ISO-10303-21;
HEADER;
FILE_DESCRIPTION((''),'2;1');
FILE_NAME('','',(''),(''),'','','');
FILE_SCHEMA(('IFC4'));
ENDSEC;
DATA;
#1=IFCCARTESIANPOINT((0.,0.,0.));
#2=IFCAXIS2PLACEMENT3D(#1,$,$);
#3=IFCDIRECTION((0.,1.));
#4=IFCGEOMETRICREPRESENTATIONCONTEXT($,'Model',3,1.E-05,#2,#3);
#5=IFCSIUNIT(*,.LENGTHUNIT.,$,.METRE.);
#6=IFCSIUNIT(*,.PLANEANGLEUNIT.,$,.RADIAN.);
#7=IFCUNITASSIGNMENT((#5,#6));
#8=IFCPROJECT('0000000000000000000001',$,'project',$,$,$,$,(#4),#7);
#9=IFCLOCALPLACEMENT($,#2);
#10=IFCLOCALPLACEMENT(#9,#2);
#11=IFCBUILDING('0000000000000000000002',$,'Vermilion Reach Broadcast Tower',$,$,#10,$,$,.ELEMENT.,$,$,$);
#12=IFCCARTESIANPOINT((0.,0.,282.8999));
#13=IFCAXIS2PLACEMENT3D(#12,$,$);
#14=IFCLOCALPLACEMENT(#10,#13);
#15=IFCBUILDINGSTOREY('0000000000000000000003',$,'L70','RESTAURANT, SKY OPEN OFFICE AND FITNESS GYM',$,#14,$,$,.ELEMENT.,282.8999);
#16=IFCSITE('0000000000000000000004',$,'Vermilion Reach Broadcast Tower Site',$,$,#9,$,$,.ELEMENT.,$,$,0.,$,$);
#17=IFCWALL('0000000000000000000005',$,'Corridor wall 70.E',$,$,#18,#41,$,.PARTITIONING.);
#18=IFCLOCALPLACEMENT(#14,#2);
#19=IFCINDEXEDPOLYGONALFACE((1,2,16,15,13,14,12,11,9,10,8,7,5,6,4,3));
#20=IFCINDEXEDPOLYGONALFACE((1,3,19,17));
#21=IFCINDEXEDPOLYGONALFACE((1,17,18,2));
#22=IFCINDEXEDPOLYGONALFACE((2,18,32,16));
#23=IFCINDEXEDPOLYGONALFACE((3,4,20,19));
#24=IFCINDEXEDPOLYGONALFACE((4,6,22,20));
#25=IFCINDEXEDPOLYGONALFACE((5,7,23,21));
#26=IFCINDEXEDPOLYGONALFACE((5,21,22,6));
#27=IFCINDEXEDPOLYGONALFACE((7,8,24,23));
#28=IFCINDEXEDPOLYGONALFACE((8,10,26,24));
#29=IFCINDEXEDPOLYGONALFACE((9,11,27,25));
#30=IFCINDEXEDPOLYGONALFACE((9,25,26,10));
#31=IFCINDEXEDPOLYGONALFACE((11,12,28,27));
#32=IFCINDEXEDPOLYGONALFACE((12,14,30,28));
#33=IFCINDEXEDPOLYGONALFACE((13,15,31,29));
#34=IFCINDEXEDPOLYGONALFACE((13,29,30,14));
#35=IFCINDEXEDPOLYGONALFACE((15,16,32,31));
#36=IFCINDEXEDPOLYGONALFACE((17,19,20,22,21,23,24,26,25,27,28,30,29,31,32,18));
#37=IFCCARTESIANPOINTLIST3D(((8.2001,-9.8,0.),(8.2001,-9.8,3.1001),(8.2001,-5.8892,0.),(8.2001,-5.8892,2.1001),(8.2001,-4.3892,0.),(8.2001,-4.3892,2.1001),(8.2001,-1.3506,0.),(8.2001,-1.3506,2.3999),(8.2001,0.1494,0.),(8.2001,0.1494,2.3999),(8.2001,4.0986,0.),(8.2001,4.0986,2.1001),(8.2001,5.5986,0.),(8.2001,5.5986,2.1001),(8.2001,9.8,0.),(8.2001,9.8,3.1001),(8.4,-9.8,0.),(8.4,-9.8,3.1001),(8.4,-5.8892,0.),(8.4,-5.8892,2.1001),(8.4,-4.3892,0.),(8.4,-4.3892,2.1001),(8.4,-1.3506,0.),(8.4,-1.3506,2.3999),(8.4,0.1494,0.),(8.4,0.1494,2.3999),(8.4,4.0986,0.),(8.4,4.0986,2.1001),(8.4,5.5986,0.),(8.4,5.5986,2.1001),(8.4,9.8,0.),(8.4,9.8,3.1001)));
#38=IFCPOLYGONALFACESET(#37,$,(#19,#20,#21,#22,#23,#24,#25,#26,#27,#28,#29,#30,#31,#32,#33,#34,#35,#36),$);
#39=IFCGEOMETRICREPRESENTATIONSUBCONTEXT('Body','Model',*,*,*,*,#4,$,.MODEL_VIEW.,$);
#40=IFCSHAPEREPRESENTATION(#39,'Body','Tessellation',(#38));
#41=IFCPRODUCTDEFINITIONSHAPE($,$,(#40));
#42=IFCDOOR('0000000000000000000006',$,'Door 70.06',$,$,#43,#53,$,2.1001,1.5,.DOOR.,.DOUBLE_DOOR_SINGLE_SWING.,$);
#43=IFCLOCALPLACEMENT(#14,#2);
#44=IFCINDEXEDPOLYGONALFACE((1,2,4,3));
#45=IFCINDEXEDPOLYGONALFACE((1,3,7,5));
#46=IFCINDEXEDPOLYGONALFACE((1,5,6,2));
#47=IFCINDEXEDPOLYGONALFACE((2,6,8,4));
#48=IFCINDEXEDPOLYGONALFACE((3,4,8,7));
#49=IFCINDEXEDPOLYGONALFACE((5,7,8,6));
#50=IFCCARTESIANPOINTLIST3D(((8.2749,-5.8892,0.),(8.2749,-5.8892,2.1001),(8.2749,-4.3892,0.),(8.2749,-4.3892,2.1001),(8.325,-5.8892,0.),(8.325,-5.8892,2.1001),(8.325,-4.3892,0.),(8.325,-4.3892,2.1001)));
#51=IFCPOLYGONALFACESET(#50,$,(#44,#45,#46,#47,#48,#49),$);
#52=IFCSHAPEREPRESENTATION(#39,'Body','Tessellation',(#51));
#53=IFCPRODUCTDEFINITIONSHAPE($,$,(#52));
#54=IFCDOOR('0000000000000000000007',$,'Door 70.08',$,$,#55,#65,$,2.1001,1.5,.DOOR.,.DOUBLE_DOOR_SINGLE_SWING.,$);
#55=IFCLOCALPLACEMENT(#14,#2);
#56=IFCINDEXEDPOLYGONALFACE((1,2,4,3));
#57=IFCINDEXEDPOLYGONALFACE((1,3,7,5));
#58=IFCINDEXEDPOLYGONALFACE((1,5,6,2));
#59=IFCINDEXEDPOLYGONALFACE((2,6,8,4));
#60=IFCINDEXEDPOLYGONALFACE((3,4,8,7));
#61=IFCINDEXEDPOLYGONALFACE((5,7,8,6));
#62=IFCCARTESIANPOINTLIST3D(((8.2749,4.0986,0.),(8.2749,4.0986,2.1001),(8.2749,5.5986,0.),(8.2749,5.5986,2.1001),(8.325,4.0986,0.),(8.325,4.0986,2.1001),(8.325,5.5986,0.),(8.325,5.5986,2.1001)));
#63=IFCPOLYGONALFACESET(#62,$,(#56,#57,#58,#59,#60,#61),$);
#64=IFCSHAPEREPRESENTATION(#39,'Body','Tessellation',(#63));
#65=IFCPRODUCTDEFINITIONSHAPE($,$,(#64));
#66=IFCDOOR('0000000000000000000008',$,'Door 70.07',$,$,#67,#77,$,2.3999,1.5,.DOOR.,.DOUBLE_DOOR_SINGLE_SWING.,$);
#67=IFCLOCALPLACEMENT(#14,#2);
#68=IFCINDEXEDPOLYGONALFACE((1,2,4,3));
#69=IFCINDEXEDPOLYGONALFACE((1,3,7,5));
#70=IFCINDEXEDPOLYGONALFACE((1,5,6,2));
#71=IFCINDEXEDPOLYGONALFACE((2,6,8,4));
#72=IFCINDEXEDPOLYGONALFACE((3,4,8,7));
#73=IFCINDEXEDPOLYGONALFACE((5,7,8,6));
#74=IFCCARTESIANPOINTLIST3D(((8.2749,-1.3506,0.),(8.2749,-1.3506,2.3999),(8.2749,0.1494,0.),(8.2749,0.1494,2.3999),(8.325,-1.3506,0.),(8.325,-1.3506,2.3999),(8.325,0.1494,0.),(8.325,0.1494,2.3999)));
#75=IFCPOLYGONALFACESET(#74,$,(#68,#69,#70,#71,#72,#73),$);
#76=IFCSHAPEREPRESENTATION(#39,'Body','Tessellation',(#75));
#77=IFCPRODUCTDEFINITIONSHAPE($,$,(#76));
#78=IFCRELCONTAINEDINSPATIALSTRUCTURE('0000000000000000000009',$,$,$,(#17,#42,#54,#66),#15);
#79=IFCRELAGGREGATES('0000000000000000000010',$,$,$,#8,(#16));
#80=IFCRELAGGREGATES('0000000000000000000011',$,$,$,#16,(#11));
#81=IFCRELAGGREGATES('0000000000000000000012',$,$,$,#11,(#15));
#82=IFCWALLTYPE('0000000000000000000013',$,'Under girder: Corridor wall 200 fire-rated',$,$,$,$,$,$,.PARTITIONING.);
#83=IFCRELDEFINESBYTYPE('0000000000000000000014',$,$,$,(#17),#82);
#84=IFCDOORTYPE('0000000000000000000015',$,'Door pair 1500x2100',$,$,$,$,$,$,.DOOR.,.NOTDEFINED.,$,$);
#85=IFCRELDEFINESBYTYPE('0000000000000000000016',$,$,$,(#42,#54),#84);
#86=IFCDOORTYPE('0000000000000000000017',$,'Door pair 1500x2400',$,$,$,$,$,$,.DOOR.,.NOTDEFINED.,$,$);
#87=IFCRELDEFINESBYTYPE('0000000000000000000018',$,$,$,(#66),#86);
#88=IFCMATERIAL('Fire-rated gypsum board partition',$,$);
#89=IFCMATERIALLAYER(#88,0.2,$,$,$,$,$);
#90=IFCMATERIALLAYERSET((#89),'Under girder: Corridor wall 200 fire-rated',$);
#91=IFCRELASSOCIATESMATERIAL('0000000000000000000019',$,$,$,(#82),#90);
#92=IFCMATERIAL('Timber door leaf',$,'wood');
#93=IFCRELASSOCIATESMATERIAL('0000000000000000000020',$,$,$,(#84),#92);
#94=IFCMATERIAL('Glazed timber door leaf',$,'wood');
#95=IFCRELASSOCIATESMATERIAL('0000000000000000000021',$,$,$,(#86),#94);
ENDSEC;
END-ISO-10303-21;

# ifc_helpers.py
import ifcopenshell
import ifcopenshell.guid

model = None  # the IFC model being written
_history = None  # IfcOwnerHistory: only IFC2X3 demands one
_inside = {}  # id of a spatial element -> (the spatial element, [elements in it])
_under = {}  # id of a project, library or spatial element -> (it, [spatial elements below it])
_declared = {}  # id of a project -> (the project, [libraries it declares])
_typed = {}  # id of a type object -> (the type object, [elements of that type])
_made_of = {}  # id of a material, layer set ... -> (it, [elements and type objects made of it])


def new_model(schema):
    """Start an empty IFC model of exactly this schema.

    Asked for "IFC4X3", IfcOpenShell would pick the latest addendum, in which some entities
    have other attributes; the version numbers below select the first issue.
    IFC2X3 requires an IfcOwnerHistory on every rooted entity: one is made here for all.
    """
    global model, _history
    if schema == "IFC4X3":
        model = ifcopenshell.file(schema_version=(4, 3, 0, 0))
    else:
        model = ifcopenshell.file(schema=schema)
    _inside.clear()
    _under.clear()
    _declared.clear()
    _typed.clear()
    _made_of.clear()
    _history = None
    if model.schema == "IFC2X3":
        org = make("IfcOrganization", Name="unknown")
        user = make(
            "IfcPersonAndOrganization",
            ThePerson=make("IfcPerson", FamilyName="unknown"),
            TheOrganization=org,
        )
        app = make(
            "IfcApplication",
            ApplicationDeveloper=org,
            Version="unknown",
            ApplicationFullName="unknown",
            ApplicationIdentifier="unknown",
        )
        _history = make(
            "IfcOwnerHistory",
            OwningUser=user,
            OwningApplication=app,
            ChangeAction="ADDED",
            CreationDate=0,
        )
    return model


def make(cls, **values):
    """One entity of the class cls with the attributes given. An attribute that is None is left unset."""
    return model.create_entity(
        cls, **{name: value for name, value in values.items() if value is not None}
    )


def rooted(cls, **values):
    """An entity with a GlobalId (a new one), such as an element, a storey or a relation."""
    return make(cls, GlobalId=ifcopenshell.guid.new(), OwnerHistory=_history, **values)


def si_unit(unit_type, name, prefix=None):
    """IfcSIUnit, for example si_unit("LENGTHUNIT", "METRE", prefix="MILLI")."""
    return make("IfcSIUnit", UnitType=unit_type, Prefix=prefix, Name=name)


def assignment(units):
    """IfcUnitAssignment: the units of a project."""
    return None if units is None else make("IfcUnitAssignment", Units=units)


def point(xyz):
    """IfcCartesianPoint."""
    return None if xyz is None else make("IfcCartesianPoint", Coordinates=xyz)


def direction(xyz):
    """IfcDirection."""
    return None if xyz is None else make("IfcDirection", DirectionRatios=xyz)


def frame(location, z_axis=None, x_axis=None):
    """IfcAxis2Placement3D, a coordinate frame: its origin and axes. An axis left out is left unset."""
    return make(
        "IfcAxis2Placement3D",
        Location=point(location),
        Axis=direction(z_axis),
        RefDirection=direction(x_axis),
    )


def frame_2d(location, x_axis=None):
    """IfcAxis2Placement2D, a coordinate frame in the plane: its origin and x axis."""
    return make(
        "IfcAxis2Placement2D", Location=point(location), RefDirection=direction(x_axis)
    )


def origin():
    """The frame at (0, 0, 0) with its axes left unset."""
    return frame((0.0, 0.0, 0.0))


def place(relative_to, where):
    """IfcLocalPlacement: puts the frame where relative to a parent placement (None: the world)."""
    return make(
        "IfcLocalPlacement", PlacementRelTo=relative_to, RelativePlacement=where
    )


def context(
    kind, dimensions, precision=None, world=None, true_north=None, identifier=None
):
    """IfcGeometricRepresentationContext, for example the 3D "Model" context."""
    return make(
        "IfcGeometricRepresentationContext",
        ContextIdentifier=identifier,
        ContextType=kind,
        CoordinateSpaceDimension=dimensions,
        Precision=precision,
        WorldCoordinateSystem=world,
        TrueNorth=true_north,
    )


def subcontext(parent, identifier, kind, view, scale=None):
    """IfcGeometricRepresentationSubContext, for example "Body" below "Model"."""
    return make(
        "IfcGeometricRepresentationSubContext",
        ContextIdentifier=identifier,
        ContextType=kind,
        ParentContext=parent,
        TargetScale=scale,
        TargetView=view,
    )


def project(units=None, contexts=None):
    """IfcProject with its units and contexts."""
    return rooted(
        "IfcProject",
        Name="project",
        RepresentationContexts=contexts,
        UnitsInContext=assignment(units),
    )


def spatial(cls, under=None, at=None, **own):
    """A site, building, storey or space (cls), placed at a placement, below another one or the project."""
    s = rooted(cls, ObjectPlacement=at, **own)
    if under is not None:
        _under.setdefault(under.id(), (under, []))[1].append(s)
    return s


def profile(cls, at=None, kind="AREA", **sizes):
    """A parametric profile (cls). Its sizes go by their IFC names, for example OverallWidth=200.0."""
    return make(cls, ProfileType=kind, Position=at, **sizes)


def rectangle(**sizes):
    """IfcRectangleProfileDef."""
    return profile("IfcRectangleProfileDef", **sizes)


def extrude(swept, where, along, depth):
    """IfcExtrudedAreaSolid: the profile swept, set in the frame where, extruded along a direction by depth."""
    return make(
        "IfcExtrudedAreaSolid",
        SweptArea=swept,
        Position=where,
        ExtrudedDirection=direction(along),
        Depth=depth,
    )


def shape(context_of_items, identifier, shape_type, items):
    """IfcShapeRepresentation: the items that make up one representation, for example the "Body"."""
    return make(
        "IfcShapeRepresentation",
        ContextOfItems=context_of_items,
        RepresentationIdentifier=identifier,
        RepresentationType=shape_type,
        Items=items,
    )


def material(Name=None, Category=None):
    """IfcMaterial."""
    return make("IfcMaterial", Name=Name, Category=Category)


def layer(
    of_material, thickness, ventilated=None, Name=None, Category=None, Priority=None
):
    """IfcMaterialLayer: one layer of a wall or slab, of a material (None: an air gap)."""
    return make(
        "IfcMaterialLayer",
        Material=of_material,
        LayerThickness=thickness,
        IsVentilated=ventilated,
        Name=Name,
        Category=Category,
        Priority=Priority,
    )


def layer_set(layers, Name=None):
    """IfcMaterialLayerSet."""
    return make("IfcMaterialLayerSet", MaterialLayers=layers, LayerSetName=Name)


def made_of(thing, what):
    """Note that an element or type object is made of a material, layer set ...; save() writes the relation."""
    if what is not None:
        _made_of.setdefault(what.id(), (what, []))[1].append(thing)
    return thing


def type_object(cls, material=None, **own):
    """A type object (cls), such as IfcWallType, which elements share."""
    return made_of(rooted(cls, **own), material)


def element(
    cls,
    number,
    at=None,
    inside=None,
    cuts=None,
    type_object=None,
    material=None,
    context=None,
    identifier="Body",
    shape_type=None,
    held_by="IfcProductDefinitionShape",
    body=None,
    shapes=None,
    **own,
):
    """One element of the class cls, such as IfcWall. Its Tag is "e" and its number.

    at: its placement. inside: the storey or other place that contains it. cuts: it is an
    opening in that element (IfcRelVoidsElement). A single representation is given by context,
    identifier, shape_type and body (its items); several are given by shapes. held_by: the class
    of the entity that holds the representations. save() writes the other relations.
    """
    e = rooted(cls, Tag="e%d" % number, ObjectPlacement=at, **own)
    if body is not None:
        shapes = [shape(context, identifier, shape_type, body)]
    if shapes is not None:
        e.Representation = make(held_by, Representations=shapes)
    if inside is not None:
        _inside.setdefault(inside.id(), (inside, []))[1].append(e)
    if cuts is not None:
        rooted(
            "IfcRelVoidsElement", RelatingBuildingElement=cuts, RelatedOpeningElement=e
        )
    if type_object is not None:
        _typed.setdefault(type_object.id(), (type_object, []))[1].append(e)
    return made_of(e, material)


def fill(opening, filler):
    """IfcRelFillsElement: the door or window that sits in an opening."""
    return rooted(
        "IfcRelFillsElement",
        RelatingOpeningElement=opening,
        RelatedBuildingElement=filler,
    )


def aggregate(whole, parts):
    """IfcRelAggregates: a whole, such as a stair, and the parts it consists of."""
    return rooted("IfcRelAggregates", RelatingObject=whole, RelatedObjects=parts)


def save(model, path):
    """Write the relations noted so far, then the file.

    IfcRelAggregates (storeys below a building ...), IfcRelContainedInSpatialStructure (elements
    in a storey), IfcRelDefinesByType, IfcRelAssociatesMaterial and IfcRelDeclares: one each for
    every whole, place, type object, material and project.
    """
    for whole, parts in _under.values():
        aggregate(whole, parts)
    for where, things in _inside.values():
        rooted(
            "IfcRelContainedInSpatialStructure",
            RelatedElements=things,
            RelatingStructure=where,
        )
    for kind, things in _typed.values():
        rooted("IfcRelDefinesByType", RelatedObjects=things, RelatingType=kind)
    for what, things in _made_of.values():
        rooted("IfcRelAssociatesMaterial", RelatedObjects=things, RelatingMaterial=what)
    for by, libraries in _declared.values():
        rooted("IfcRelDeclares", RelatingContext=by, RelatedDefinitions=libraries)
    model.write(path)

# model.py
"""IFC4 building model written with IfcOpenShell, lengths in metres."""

from ifc_helpers import new_model, si_unit, direction, frame, frame_2d, origin, place, context, subcontext, project, spatial, rectangle, extrude, material, layer, layer_set, type_object, element, fill, save


model = new_model("IFC4")

# Units and contexts
model_context = context("Model", 3, precision=1e-05, world=origin(), true_north=direction((0.0, 1.0)))
body_context = subcontext(model_context, "Body", "Model", "MODEL_VIEW")
ifc_project = project(units=[si_unit("LENGTHUNIT", "METRE"), si_unit("PLANEANGLEUNIT", "RADIAN")], contexts=[model_context])

# Site, building, storey
site_placement = place(None, origin())
site = spatial("IfcSite", under=ifc_project, at=site_placement, Name="Vermilion Reach Broadcast Tower Site", CompositionType="ELEMENT", RefElevation=0.0)
building_placement = place(site_placement, origin())
building = spatial("IfcBuilding", under=site, at=building_placement, Name="Vermilion Reach Broadcast Tower", CompositionType="ELEMENT")
storey_placement = place(building_placement, frame((0.0, 0.0, 282.8999)))
storey = spatial("IfcBuildingStorey", under=building, at=storey_placement, Name="L70", Description="RESTAURANT, SKY OPEN OFFICE AND FITNESS GYM", CompositionType="ELEMENT", Elevation=282.8999)

# Wall, openings, doors
ifc_material_1 = material(Name="Fire-rated gypsum board partition")
ifc_layer_1 = layer(ifc_material_1, 0.2)
ifc_layer_set_1 = layer_set([ifc_layer_1], Name="Under girder: Corridor wall 200 fire-rated")
wall_type_1 = type_object("IfcWallType", Name="Under girder: Corridor wall 200 fire-rated", PredefinedType="PARTITIONING", material=ifc_layer_set_1)
wall_1_placement = place(storey_placement, frame((8.3, 9.8, 0.0), z_axis=(0.0, 0.0, 1.0), x_axis=(0.0, -1.0, 0.0)))
wall_1 = element("IfcWall", 1, at=wall_1_placement, inside=storey, type_object=wall_type_1, Name="Corridor wall 70.E", PredefinedType="PARTITIONING", context=body_context, shape_type="SweptSolid", body=[
    extrude(rectangle(XDim=19.6001, YDim=0.2, at=frame_2d((9.8, 0.0))), origin(), (0.0, 0.0, 1.0), 3.1001),
])
opening_1_placement = place(wall_1_placement, frame((14.1892, 0.0, 0.0)))
opening_1 = element("IfcOpeningElement", 2, at=opening_1_placement, cuts=wall_1, PredefinedType="OPENING", context=body_context, shape_type="SweptSolid", body=[
    extrude(rectangle(XDim=1.5, YDim=2.1001, at=frame_2d((0.75, 1.05))), frame((0.0, 0.1099, 0.0), z_axis=(0.0, -1.0, 0.0), x_axis=(1.0, 0.0, 0.0)), (0.0, 0.0, 1.0), 0.22),
])
opening_2_placement = place(wall_1_placement, frame((9.6506, 0.0, 0.0)))
opening_2 = element("IfcOpeningElement", 3, at=opening_2_placement, cuts=wall_1, PredefinedType="OPENING", context=body_context, shape_type="SweptSolid", body=[
    extrude(rectangle(XDim=1.5, YDim=2.3999, at=frame_2d((0.75, 1.2))), frame((0.0, 0.1099, 0.0), z_axis=(0.0, -1.0, 0.0), x_axis=(1.0, 0.0, 0.0)), (0.0, 0.0, 1.0), 0.22),
])
opening_3_placement = place(wall_1_placement, frame((4.2014, 0.0, 0.0)))
opening_3 = element("IfcOpeningElement", 4, at=opening_3_placement, cuts=wall_1, PredefinedType="OPENING", context=body_context, shape_type="SweptSolid", body=[
    extrude(rectangle(XDim=1.5, YDim=2.1001, at=frame_2d((0.75, 1.05))), frame((0.0, 0.1099, 0.0), z_axis=(0.0, -1.0, 0.0), x_axis=(1.0, 0.0, 0.0)), (0.0, 0.0, 1.0), 0.22),
])
ifc_material_2 = material(Name="Timber door leaf", Category="wood")
door_type_1 = type_object("IfcDoorType", Name="Door pair 1500x2100", OperationType="NOTDEFINED", PredefinedType="DOOR", material=ifc_material_2)
door_1_placement = place(opening_1_placement, origin())
door_1 = element("IfcDoor", 5, at=door_1_placement, inside=storey, type_object=door_type_1, Name="Door 70.06", OperationType="DOUBLE_DOOR_SINGLE_SWING", OverallHeight=2.1001, OverallWidth=1.5, PredefinedType="DOOR", context=body_context, shape_type="SweptSolid", body=[
    extrude(rectangle(XDim=1.5, YDim=2.1001, at=frame_2d((0.75, 1.05))), frame((0.0, 0.0249, 0.0), z_axis=(0.0, -1.0, 0.0), x_axis=(1.0, 0.0, 0.0)), (0.0, 0.0, 1.0), 0.05),
])
fill(opening_1, door_1)
door_2_placement = place(opening_3_placement, origin())
door_2 = element("IfcDoor", 6, at=door_2_placement, inside=storey, type_object=door_type_1, Name="Door 70.08", OperationType="DOUBLE_DOOR_SINGLE_SWING", OverallHeight=2.1001, OverallWidth=1.5, PredefinedType="DOOR", context=body_context, shape_type="SweptSolid", body=[
    extrude(rectangle(XDim=1.5, YDim=2.1001, at=frame_2d((0.75, 1.05))), frame((0.0, 0.0249, 0.0), z_axis=(0.0, -1.0, 0.0), x_axis=(1.0, 0.0, 0.0)), (0.0, 0.0, 1.0), 0.05),
])
fill(opening_3, door_2)
ifc_material_3 = material(Name="Glazed timber door leaf", Category="wood")
door_type_2 = type_object("IfcDoorType", Name="Door pair 1500x2400", OperationType="NOTDEFINED", PredefinedType="DOOR", material=ifc_material_3)
door_3_placement = place(opening_2_placement, origin())
door_3 = element("IfcDoor", 7, at=door_3_placement, inside=storey, type_object=door_type_2, Name="Door 70.07", OperationType="DOUBLE_DOOR_SINGLE_SWING", OverallHeight=2.3999, OverallWidth=1.5, PredefinedType="DOOR", context=body_context, shape_type="SweptSolid", body=[
    extrude(rectangle(XDim=1.5, YDim=2.3999, at=frame_2d((0.75, 1.2))), frame((0.0, 0.0249, 0.0), z_axis=(0.0, -1.0, 0.0), x_axis=(1.0, 0.0, 0.0)), (0.0, 0.0, 1.0), 0.05),
])
fill(opening_2, door_3)

save(model, "model.ifc")
